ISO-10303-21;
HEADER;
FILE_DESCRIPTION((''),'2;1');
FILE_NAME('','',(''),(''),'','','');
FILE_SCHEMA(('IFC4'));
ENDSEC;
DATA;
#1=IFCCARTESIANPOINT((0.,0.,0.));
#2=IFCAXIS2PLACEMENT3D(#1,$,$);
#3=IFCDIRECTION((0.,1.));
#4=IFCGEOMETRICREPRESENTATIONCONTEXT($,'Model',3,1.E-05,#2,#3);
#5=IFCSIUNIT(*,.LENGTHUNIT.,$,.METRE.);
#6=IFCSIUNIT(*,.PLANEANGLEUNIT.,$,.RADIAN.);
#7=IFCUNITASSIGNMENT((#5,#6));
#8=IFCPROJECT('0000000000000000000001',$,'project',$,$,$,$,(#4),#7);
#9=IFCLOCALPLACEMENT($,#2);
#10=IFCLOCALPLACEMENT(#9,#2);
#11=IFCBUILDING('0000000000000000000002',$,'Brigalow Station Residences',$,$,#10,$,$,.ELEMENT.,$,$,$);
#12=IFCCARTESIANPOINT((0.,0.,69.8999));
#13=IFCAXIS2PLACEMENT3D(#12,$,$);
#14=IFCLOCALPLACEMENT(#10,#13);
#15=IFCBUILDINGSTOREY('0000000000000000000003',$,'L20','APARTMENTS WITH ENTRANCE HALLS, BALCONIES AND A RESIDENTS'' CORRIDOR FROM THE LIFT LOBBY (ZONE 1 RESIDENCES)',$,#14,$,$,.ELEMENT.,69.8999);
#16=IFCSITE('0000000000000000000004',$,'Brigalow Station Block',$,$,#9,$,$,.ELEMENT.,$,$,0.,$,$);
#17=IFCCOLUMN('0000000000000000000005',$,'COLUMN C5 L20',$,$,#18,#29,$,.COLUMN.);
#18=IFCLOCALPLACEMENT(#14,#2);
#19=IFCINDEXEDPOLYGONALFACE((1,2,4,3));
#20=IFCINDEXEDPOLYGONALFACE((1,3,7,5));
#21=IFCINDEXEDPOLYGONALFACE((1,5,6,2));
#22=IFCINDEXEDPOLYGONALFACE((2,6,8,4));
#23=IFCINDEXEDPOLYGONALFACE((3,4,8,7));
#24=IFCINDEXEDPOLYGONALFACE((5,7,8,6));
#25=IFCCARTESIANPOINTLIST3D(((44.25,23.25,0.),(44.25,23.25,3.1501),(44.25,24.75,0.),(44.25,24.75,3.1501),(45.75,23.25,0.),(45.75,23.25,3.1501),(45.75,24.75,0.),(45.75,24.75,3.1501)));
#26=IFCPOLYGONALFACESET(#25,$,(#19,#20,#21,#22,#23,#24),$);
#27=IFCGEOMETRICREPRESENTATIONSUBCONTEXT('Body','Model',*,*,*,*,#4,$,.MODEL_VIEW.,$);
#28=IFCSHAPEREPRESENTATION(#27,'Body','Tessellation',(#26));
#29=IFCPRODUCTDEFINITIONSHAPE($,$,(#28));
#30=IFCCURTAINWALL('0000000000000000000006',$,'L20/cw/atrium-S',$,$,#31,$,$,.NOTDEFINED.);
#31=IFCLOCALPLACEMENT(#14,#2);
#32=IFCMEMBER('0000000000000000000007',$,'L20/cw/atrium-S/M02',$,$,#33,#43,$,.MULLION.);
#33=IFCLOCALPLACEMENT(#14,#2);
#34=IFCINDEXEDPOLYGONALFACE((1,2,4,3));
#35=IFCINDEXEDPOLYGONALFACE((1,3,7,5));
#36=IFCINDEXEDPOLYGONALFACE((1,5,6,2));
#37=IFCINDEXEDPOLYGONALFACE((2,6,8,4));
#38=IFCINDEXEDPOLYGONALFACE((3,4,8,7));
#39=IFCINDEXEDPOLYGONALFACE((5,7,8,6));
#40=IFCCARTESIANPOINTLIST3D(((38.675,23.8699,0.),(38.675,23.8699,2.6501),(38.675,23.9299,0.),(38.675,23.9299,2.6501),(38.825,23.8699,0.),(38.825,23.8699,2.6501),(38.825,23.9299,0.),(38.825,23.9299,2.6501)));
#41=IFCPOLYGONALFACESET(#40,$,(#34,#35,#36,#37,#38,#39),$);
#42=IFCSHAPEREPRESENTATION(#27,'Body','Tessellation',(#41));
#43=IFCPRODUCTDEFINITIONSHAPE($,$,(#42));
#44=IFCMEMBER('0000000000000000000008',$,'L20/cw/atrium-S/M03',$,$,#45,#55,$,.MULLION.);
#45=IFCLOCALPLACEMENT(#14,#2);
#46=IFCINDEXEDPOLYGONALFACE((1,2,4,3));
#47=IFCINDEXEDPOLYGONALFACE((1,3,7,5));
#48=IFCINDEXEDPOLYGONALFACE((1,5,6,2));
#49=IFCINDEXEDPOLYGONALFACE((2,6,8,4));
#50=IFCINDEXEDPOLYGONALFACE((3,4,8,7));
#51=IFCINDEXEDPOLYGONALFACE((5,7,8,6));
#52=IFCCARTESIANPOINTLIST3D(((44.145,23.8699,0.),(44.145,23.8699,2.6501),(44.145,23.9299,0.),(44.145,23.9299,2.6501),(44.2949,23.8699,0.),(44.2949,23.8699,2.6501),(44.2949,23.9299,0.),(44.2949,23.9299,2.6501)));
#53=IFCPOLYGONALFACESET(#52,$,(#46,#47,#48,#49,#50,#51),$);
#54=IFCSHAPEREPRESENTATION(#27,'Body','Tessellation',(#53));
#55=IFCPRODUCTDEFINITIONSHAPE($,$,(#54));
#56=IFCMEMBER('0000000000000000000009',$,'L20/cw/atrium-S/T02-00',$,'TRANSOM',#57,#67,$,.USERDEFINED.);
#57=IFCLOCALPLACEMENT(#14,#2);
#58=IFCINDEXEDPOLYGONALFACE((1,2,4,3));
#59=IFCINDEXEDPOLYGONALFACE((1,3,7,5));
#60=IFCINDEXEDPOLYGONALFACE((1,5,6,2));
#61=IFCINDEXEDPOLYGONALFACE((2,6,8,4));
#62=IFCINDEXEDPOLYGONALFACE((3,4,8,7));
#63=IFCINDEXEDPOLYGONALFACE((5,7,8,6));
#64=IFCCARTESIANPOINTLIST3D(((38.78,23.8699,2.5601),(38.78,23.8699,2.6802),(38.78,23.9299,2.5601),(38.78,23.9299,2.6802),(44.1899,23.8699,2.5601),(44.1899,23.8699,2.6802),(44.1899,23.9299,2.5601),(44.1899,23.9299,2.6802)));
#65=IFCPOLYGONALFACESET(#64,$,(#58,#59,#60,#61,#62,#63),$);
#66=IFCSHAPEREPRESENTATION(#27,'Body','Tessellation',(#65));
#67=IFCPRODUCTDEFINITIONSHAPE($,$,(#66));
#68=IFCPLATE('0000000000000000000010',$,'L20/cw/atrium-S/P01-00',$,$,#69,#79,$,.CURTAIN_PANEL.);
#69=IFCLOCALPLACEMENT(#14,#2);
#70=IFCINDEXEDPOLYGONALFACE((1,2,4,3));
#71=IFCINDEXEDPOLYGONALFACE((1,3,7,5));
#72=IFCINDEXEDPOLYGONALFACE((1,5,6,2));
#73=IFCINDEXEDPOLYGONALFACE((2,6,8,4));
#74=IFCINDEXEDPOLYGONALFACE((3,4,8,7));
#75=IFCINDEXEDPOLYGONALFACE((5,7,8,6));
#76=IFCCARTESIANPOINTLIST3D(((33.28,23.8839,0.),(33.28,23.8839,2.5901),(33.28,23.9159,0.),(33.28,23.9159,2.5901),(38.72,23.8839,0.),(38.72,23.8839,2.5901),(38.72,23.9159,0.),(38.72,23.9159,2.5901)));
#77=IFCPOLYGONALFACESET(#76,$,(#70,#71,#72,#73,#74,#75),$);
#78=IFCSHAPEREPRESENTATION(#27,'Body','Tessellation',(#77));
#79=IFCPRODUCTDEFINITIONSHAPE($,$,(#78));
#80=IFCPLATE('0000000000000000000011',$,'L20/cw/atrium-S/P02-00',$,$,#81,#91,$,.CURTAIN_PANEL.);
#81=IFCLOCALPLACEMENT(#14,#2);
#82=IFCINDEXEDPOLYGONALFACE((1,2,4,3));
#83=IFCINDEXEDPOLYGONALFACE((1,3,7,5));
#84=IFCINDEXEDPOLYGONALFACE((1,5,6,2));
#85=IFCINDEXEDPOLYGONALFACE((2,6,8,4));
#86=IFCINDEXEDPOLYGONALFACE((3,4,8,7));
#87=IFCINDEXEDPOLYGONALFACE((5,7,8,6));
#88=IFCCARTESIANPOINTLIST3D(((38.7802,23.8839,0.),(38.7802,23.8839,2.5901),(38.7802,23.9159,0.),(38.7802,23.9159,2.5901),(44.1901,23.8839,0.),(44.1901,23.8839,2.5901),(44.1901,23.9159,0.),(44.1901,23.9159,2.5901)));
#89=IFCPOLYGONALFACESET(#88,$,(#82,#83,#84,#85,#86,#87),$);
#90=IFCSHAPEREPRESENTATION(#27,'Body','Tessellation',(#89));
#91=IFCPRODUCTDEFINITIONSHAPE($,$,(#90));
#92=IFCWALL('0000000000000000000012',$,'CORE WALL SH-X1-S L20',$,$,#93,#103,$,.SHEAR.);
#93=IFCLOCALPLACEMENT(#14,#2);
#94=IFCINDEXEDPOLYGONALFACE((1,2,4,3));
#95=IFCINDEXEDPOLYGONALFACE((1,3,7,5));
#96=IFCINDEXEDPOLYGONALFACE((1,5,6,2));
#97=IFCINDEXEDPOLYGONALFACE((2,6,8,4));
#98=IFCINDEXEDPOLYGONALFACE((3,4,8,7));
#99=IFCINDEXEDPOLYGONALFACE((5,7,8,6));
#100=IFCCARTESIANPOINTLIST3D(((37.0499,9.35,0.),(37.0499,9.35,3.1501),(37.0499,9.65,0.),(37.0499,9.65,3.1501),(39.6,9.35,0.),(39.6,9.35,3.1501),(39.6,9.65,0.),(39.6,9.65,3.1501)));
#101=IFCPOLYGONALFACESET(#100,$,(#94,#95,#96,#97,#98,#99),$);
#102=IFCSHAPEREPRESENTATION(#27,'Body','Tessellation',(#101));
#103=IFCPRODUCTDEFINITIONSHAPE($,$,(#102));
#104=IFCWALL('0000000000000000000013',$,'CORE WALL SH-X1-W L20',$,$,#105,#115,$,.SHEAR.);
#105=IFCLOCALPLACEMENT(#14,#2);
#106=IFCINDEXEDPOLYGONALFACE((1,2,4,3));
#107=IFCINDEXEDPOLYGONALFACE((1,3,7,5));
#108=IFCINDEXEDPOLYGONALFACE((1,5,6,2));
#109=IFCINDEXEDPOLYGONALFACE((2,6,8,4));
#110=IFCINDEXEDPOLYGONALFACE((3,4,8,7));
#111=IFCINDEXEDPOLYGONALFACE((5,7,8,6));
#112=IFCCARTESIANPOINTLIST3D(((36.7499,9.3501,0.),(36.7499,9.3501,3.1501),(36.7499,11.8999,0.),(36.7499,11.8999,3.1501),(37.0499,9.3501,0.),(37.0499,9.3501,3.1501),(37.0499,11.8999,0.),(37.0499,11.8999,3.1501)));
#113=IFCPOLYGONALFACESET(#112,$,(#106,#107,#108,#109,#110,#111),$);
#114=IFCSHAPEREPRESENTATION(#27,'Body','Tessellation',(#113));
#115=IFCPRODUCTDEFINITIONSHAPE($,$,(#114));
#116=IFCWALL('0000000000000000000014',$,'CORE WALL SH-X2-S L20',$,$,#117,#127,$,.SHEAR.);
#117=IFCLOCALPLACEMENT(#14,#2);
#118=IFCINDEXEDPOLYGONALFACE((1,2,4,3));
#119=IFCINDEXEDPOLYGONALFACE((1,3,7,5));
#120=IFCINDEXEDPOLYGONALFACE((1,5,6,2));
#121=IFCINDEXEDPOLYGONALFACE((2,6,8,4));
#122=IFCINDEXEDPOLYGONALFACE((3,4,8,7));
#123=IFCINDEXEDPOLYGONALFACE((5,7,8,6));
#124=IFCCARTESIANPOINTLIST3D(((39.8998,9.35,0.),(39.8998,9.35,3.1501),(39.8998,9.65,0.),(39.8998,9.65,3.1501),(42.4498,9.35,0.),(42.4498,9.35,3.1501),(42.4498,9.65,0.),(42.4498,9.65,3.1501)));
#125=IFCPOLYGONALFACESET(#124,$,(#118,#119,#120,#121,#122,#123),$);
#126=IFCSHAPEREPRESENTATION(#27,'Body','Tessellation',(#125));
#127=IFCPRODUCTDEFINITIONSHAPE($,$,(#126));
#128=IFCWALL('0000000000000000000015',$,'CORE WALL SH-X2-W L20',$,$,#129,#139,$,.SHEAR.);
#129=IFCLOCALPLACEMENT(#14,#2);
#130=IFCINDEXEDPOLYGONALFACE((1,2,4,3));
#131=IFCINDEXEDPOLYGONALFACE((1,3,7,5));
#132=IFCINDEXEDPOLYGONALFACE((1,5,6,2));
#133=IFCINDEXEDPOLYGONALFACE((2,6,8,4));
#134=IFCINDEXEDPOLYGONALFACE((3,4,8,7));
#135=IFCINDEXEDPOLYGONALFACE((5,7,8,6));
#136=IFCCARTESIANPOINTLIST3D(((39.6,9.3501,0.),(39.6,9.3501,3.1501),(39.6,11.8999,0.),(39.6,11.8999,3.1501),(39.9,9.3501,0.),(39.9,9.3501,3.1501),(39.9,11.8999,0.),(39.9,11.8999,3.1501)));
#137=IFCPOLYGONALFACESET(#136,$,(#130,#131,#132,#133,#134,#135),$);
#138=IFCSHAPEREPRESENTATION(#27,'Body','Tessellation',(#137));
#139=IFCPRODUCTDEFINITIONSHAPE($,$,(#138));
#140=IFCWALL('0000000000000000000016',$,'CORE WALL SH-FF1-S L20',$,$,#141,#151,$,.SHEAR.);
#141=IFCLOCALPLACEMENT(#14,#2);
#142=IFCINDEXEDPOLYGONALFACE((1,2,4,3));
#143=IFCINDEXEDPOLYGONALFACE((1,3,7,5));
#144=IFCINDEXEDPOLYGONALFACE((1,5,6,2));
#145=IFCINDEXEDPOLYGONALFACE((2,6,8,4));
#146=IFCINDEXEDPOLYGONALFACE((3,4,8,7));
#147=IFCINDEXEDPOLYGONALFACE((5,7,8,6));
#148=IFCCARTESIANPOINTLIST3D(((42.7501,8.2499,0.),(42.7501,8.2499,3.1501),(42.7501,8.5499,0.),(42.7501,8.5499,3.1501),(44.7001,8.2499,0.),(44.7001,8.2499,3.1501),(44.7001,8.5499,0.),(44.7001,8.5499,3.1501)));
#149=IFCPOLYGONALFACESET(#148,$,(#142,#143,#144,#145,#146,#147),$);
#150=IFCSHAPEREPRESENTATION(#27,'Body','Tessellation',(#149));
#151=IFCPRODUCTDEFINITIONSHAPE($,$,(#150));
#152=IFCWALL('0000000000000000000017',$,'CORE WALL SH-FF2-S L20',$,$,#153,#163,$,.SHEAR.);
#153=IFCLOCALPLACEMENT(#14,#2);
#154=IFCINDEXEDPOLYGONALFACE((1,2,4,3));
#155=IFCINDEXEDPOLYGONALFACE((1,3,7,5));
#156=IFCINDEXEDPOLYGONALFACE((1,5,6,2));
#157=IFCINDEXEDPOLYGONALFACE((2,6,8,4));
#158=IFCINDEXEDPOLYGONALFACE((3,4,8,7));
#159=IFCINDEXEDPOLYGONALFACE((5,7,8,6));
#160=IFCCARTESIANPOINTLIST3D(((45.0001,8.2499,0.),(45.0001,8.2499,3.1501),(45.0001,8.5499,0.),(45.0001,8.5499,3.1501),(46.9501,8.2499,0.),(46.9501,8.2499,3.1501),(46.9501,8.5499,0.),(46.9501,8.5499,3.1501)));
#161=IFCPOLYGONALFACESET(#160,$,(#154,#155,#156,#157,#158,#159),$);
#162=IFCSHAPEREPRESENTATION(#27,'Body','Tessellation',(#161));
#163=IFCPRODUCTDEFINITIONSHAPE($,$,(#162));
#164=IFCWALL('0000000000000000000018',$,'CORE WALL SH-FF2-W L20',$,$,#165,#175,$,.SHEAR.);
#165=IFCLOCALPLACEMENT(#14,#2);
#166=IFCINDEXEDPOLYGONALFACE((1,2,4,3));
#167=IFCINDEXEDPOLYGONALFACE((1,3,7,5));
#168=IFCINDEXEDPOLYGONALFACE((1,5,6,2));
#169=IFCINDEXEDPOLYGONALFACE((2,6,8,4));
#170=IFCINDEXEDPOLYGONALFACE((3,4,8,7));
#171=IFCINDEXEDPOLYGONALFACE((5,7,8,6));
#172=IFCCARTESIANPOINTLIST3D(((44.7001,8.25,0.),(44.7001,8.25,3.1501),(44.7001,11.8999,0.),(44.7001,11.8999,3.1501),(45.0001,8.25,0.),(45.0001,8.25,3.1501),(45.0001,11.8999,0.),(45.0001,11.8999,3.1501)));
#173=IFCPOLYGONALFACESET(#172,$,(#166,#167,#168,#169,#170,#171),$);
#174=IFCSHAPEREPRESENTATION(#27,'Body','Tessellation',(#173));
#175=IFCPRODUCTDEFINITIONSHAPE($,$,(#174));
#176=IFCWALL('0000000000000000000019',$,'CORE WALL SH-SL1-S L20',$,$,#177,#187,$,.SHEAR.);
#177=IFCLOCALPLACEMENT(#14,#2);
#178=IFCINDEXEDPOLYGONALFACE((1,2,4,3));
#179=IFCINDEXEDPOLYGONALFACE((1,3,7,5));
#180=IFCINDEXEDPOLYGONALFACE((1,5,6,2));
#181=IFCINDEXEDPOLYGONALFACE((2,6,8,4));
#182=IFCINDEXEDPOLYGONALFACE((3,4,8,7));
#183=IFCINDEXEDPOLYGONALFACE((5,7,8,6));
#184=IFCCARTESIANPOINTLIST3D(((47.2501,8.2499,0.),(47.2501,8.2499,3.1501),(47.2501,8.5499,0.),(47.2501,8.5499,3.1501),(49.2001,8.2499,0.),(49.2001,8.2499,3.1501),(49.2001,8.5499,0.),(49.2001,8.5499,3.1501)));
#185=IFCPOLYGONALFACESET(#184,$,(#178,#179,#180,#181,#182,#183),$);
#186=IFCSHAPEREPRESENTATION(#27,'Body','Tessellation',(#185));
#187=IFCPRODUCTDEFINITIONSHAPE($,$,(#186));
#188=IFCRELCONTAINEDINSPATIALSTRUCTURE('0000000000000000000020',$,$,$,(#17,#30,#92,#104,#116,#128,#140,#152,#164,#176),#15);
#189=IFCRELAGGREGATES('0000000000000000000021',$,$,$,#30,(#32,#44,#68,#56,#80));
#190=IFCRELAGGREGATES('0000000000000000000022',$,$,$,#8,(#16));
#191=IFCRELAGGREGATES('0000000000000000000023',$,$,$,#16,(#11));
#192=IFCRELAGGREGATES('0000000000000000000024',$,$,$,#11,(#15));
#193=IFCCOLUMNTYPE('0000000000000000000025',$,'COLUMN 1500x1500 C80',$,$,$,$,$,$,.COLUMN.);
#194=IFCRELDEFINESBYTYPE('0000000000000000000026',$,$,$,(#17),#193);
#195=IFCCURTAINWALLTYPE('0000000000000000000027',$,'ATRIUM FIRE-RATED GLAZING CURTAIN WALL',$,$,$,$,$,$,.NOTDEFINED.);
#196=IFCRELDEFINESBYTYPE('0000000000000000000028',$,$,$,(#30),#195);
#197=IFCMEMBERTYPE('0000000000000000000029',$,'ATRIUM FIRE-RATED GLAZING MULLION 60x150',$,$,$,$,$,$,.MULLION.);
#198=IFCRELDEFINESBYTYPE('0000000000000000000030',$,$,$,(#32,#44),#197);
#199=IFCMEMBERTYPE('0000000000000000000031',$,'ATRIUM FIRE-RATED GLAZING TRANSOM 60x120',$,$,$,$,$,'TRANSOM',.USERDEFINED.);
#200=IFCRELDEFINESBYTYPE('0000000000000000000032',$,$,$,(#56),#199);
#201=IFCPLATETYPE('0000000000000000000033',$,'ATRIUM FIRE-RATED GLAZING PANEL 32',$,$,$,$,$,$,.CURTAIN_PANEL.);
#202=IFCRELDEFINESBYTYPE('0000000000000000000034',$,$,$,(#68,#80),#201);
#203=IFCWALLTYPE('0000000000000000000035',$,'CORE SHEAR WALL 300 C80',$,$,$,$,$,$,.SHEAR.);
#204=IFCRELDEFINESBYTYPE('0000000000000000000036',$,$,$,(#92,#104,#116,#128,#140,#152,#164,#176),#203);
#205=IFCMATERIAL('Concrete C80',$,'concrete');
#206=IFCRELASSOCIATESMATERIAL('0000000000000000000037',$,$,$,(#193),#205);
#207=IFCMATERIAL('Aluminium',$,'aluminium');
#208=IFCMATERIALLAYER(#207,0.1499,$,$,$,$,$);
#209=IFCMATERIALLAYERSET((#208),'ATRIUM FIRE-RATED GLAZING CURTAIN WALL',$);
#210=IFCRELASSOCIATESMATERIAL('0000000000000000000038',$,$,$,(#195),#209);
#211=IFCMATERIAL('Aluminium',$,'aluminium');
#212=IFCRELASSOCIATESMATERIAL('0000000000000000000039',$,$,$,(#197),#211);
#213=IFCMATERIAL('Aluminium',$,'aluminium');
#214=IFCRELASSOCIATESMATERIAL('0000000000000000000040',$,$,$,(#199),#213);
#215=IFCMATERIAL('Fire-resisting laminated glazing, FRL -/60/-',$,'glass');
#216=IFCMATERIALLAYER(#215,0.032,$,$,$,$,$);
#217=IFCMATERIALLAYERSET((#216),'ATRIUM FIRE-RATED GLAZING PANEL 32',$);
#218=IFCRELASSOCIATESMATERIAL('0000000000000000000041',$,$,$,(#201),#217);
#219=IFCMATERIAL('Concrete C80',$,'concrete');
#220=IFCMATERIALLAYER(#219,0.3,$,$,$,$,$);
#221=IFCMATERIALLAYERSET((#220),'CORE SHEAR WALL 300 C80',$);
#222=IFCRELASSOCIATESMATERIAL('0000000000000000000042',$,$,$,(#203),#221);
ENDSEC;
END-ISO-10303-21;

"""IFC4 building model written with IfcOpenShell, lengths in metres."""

from ifc_helpers import new_model, si_unit, direction, frame, frame_2d, origin, origin_2d, place, context, subcontext, project, spatial, rectangle, extrude, material, layer, layer_set, material_profile, profile_set, type_object, element, aggregate, save


model = new_model("IFC4")

# Units and contexts
model_context = context("Model", 3, precision=1e-05, world=origin(), true_north=direction((0.0, 1.0)))
body_context = subcontext(model_context, "Body", "Model", "MODEL_VIEW")
ifc_project = project(units=[si_unit("LENGTHUNIT", "METRE"), si_unit("PLANEANGLEUNIT", "RADIAN")], contexts=[model_context])

# Site, building, storey
site_placement = place(None, origin())
site = spatial("IfcSite", under=ifc_project, at=site_placement, Name="Brigalow Station Block", CompositionType="ELEMENT", RefElevation=0.0)
building_placement = place(site_placement, origin())
building = spatial("IfcBuilding", under=site, at=building_placement, Name="Brigalow Station Residences", CompositionType="ELEMENT")
storey_placement = place(building_placement, frame((0.0, 0.0, 69.8999)))
storey = spatial("IfcBuildingStorey", under=building, at=storey_placement, Name="L20", Description="APARTMENTS WITH ENTRANCE HALLS, BALCONIES AND A RESIDENTS' CORRIDOR FROM THE LIFT LOBBY (ZONE 1 RESIDENCES)", CompositionType="ELEMENT", Elevation=69.8999)

# Column
ifc_material_1 = material(Name="Concrete C80", Category="concrete")
ifc_material_profile_1 = material_profile(ifc_material_1, rectangle(XDim=1.5, YDim=1.5, at=origin_2d()), Name="RC1500x1500")
ifc_profile_set_1 = profile_set([ifc_material_profile_1], Name="Concrete C80")
column_type = type_object("IfcColumnType", Name="COLUMN 1500x1500 C80", PredefinedType="COLUMN", material=ifc_profile_set_1)
column_placement = place(storey_placement, frame((45.0, 24.0, 0.0), z_axis=(0.0, 0.0, 1.0), x_axis=(1.0, 0.0, 0.0)))
element("IfcColumn", 1, at=column_placement, inside=storey, type_object=column_type, Name="COLUMN C5 L20", PredefinedType="COLUMN", context=body_context, shape_type="SweptSolid", body=[
    extrude(rectangle(XDim=1.5, YDim=1.5, at=origin_2d()), origin(), (0.0, 0.0, 1.0), 3.1501),
])

# Curtain wall, members, plates
ifc_material_2 = material(Name="Aluminium", Category="aluminium")
ifc_layer_1 = layer(ifc_material_2, 0.1499)
ifc_layer_set_1 = layer_set([ifc_layer_1], Name="ATRIUM FIRE-RATED GLAZING CURTAIN WALL")
curtain_wall_type = type_object("IfcCurtainWallType", Name="ATRIUM FIRE-RATED GLAZING CURTAIN WALL", PredefinedType="NOTDEFINED", material=ifc_layer_set_1)
curtain_wall_placement = place(storey_placement, origin())
curtain_wall = element("IfcCurtainWall", 2, at=curtain_wall_placement, inside=storey, type_object=curtain_wall_type, Name="L20/cw/atrium-S", PredefinedType="NOTDEFINED")
ifc_material_3 = material(Name="Aluminium", Category="aluminium")
ifc_material_profile_2 = material_profile(ifc_material_3, rectangle(XDim=0.0601, YDim=0.1499, at=origin_2d()), Name="ATRIUM FIRE-RATED GLAZING MULLION 60x150")
ifc_profile_set_2 = profile_set([ifc_material_profile_2], Name="Aluminium")
member_type_1 = type_object("IfcMemberType", Name="ATRIUM FIRE-RATED GLAZING MULLION 60x150", PredefinedType="MULLION", material=ifc_profile_set_2)
member_1_placement = place(storey_placement, frame((38.75, 23.8999, 0.0), z_axis=(0.0, 0.0, 1.0), x_axis=(0.0, 1.0, 0.0)))
member_1 = element("IfcMember", 3, at=member_1_placement, type_object=member_type_1, Name="L20/cw/atrium-S/M02", PredefinedType="MULLION", context=body_context, shape_type="SweptSolid", body=[
    extrude(rectangle(XDim=0.0601, YDim=0.1499, at=origin_2d()), origin(), (0.0, 0.0, 1.0), 2.6501),
])
member_2_placement = place(storey_placement, frame((44.22, 23.8999, 0.0), z_axis=(0.0, 0.0, 1.0), x_axis=(0.0, 1.0, 0.0)))
member_2 = element("IfcMember", 4, at=member_2_placement, type_object=member_type_1, Name="L20/cw/atrium-S/M03", PredefinedType="MULLION", context=body_context, shape_type="SweptSolid", body=[
    extrude(rectangle(XDim=0.0601, YDim=0.1499, at=origin_2d()), origin(), (0.0, 0.0, 1.0), 2.6501),
])
ifc_material_4 = material(Name="Aluminium", Category="aluminium")
ifc_material_profile_3 = material_profile(ifc_material_4, rectangle(XDim=0.0601, YDim=0.1201, at=origin_2d()), Name="ATRIUM FIRE-RATED GLAZING TRANSOM 60x120")
ifc_profile_set_3 = profile_set([ifc_material_profile_3], Name="Aluminium")
member_type_2 = type_object("IfcMemberType", Name="ATRIUM FIRE-RATED GLAZING TRANSOM 60x120", ElementType="TRANSOM", PredefinedType="USERDEFINED", material=ifc_profile_set_3)
member_3_placement = place(storey_placement, frame((38.78, 23.8999, 2.6201), z_axis=(1.0, 0.0, 0.0), x_axis=(0.0, 1.0, 0.0)))
member_3 = element("IfcMember", 5, at=member_3_placement, type_object=member_type_2, Name="L20/cw/atrium-S/T02-00", ObjectType="TRANSOM", PredefinedType="USERDEFINED", context=body_context, shape_type="SweptSolid", body=[
    extrude(rectangle(XDim=0.0601, YDim=0.1201, at=origin_2d()), origin(), (0.0, 0.0, 1.0), 5.4099),
])
ifc_material_5 = material(Name="Fire-resisting laminated glazing, FRL -/60/-", Category="glass")
ifc_layer_2 = layer(ifc_material_5, 0.032)
ifc_layer_set_2 = layer_set([ifc_layer_2], Name="ATRIUM FIRE-RATED GLAZING PANEL 32")
plate_type = type_object("IfcPlateType", Name="ATRIUM FIRE-RATED GLAZING PANEL 32", PredefinedType="CURTAIN_PANEL", material=ifc_layer_set_2)
plate_1_placement = place(storey_placement, frame((36.0, 23.8999, 0.0), z_axis=(0.0, 0.0, 1.0), x_axis=(1.0, 0.0, 0.0)))
plate_1 = element("IfcPlate", 6, at=plate_1_placement, type_object=plate_type, Name="L20/cw/atrium-S/P01-00", PredefinedType="CURTAIN_PANEL", context=body_context, shape_type="SweptSolid", body=[
    extrude(rectangle(XDim=5.4399, YDim=0.032, at=origin_2d()), origin(), (0.0, 0.0, 1.0), 2.5901),
])
plate_2_placement = place(storey_placement, frame((41.4851, 23.8999, 0.0), z_axis=(0.0, 0.0, 1.0), x_axis=(1.0, 0.0, 0.0)))
plate_2 = element("IfcPlate", 7, at=plate_2_placement, type_object=plate_type, Name="L20/cw/atrium-S/P02-00", PredefinedType="CURTAIN_PANEL", context=body_context, shape_type="SweptSolid", body=[
    extrude(rectangle(XDim=5.4099, YDim=0.032, at=origin_2d()), origin(), (0.0, 0.0, 1.0), 2.5901),
])
aggregate(curtain_wall, [member_1, member_2, plate_1, member_3, plate_2])

# Walls
ifc_material_6 = material(Name="Concrete C80", Category="concrete")
ifc_layer_3 = layer(ifc_material_6, 0.3)
ifc_layer_set_3 = layer_set([ifc_layer_3], Name="CORE SHEAR WALL 300 C80")
wall_type_1 = type_object("IfcWallType", Name="CORE SHEAR WALL 300 C80", PredefinedType="SHEAR", material=ifc_layer_set_3)
wall_1_placement = place(storey_placement, frame((37.05, 9.5, 0.0), z_axis=(0.0, 0.0, 1.0), x_axis=(1.0, 0.0, 0.0)))
element("IfcWall", 8, at=wall_1_placement, inside=storey, type_object=wall_type_1, Name="CORE WALL SH-X1-S L20", PredefinedType="SHEAR", context=body_context, shape_type="SweptSolid", body=[
    extrude(rectangle(XDim=2.55, YDim=0.3, at=frame_2d((1.2749, 0.0))), origin(), (0.0, 0.0, 1.0), 3.1501),
])
wall_2_placement = place(storey_placement, frame((36.8999, 9.3501, 0.0), z_axis=(0.0, 0.0, 1.0), x_axis=(0.0, 1.0, 0.0)))
element("IfcWall", 9, at=wall_2_placement, inside=storey, type_object=wall_type_1, Name="CORE WALL SH-X1-W L20", PredefinedType="SHEAR", context=body_context, shape_type="SweptSolid", body=[
    extrude(rectangle(XDim=2.5498, YDim=0.3, at=frame_2d((1.2749, 0.0))), origin(), (0.0, 0.0, 1.0), 3.1501),
])
wall_3_placement = place(storey_placement, frame((39.8999, 9.5, 0.0), z_axis=(0.0, 0.0, 1.0), x_axis=(1.0, 0.0, 0.0)))
element("IfcWall", 10, at=wall_3_placement, inside=storey, type_object=wall_type_1, Name="CORE WALL SH-X2-S L20", PredefinedType="SHEAR", context=body_context, shape_type="SweptSolid", body=[
    extrude(rectangle(XDim=2.55, YDim=0.3, at=frame_2d((1.2749, 0.0))), origin(), (0.0, 0.0, 1.0), 3.1501),
])
wall_4_placement = place(storey_placement, frame((39.75, 9.3501, 0.0), z_axis=(0.0, 0.0, 1.0), x_axis=(0.0, 1.0, 0.0)))
element("IfcWall", 11, at=wall_4_placement, inside=storey, type_object=wall_type_1, Name="CORE WALL SH-X2-W L20", PredefinedType="SHEAR", context=body_context, shape_type="SweptSolid", body=[
    extrude(rectangle(XDim=2.5498, YDim=0.3, at=frame_2d((1.2749, 0.0))), origin(), (0.0, 0.0, 1.0), 3.1501),
])
for number, where, z_axis, x_axis, name in (
    (12, (42.75, 8.3999, 0.0), (0.0, 0.0, 1.0), (1.0, 0.0, 0.0), "CORE WALL SH-FF1-S L20"),
    (13, (45.0, 8.3999, 0.0), (0.0, 0.0, 1.0), (1.0, 0.0, 0.0), "CORE WALL SH-FF2-S L20"),
):
    element("IfcWall", number, at=place(storey_placement, frame(where, z_axis=z_axis, x_axis=x_axis)), inside=storey, type_object=wall_type_1, Name=name, PredefinedType="SHEAR", context=body_context, shape_type="SweptSolid", body=[
        extrude(rectangle(XDim=1.95, YDim=0.3, at=frame_2d((0.9751, 0.0))), origin(), (0.0, 0.0, 1.0), 3.1501),
    ])
wall_5_placement = place(storey_placement, frame((44.8501, 8.25, 0.0), z_axis=(0.0, 0.0, 1.0), x_axis=(0.0, 1.0, 0.0)))
element("IfcWall", 14, at=wall_5_placement, inside=storey, type_object=wall_type_1, Name="CORE WALL SH-FF2-W L20", PredefinedType="SHEAR", context=body_context, shape_type="SweptSolid", body=[
    extrude(rectangle(XDim=3.6499, YDim=0.3, at=frame_2d((1.825, 0.0))), origin(), (0.0, 0.0, 1.0), 3.1501),
])
wall_6_placement = place(storey_placement, frame((47.25, 8.3999, 0.0), z_axis=(0.0, 0.0, 1.0), x_axis=(1.0, 0.0, 0.0)))
element("IfcWall", 15, at=wall_6_placement, inside=storey, type_object=wall_type_1, Name="CORE WALL SH-SL1-S L20", PredefinedType="SHEAR", context=body_context, shape_type="SweptSolid", body=[
    extrude(rectangle(XDim=1.95, YDim=0.3, at=frame_2d((0.9751, 0.0))), origin(), (0.0, 0.0, 1.0), 3.1501),
])

save(model, "model.ifc")
